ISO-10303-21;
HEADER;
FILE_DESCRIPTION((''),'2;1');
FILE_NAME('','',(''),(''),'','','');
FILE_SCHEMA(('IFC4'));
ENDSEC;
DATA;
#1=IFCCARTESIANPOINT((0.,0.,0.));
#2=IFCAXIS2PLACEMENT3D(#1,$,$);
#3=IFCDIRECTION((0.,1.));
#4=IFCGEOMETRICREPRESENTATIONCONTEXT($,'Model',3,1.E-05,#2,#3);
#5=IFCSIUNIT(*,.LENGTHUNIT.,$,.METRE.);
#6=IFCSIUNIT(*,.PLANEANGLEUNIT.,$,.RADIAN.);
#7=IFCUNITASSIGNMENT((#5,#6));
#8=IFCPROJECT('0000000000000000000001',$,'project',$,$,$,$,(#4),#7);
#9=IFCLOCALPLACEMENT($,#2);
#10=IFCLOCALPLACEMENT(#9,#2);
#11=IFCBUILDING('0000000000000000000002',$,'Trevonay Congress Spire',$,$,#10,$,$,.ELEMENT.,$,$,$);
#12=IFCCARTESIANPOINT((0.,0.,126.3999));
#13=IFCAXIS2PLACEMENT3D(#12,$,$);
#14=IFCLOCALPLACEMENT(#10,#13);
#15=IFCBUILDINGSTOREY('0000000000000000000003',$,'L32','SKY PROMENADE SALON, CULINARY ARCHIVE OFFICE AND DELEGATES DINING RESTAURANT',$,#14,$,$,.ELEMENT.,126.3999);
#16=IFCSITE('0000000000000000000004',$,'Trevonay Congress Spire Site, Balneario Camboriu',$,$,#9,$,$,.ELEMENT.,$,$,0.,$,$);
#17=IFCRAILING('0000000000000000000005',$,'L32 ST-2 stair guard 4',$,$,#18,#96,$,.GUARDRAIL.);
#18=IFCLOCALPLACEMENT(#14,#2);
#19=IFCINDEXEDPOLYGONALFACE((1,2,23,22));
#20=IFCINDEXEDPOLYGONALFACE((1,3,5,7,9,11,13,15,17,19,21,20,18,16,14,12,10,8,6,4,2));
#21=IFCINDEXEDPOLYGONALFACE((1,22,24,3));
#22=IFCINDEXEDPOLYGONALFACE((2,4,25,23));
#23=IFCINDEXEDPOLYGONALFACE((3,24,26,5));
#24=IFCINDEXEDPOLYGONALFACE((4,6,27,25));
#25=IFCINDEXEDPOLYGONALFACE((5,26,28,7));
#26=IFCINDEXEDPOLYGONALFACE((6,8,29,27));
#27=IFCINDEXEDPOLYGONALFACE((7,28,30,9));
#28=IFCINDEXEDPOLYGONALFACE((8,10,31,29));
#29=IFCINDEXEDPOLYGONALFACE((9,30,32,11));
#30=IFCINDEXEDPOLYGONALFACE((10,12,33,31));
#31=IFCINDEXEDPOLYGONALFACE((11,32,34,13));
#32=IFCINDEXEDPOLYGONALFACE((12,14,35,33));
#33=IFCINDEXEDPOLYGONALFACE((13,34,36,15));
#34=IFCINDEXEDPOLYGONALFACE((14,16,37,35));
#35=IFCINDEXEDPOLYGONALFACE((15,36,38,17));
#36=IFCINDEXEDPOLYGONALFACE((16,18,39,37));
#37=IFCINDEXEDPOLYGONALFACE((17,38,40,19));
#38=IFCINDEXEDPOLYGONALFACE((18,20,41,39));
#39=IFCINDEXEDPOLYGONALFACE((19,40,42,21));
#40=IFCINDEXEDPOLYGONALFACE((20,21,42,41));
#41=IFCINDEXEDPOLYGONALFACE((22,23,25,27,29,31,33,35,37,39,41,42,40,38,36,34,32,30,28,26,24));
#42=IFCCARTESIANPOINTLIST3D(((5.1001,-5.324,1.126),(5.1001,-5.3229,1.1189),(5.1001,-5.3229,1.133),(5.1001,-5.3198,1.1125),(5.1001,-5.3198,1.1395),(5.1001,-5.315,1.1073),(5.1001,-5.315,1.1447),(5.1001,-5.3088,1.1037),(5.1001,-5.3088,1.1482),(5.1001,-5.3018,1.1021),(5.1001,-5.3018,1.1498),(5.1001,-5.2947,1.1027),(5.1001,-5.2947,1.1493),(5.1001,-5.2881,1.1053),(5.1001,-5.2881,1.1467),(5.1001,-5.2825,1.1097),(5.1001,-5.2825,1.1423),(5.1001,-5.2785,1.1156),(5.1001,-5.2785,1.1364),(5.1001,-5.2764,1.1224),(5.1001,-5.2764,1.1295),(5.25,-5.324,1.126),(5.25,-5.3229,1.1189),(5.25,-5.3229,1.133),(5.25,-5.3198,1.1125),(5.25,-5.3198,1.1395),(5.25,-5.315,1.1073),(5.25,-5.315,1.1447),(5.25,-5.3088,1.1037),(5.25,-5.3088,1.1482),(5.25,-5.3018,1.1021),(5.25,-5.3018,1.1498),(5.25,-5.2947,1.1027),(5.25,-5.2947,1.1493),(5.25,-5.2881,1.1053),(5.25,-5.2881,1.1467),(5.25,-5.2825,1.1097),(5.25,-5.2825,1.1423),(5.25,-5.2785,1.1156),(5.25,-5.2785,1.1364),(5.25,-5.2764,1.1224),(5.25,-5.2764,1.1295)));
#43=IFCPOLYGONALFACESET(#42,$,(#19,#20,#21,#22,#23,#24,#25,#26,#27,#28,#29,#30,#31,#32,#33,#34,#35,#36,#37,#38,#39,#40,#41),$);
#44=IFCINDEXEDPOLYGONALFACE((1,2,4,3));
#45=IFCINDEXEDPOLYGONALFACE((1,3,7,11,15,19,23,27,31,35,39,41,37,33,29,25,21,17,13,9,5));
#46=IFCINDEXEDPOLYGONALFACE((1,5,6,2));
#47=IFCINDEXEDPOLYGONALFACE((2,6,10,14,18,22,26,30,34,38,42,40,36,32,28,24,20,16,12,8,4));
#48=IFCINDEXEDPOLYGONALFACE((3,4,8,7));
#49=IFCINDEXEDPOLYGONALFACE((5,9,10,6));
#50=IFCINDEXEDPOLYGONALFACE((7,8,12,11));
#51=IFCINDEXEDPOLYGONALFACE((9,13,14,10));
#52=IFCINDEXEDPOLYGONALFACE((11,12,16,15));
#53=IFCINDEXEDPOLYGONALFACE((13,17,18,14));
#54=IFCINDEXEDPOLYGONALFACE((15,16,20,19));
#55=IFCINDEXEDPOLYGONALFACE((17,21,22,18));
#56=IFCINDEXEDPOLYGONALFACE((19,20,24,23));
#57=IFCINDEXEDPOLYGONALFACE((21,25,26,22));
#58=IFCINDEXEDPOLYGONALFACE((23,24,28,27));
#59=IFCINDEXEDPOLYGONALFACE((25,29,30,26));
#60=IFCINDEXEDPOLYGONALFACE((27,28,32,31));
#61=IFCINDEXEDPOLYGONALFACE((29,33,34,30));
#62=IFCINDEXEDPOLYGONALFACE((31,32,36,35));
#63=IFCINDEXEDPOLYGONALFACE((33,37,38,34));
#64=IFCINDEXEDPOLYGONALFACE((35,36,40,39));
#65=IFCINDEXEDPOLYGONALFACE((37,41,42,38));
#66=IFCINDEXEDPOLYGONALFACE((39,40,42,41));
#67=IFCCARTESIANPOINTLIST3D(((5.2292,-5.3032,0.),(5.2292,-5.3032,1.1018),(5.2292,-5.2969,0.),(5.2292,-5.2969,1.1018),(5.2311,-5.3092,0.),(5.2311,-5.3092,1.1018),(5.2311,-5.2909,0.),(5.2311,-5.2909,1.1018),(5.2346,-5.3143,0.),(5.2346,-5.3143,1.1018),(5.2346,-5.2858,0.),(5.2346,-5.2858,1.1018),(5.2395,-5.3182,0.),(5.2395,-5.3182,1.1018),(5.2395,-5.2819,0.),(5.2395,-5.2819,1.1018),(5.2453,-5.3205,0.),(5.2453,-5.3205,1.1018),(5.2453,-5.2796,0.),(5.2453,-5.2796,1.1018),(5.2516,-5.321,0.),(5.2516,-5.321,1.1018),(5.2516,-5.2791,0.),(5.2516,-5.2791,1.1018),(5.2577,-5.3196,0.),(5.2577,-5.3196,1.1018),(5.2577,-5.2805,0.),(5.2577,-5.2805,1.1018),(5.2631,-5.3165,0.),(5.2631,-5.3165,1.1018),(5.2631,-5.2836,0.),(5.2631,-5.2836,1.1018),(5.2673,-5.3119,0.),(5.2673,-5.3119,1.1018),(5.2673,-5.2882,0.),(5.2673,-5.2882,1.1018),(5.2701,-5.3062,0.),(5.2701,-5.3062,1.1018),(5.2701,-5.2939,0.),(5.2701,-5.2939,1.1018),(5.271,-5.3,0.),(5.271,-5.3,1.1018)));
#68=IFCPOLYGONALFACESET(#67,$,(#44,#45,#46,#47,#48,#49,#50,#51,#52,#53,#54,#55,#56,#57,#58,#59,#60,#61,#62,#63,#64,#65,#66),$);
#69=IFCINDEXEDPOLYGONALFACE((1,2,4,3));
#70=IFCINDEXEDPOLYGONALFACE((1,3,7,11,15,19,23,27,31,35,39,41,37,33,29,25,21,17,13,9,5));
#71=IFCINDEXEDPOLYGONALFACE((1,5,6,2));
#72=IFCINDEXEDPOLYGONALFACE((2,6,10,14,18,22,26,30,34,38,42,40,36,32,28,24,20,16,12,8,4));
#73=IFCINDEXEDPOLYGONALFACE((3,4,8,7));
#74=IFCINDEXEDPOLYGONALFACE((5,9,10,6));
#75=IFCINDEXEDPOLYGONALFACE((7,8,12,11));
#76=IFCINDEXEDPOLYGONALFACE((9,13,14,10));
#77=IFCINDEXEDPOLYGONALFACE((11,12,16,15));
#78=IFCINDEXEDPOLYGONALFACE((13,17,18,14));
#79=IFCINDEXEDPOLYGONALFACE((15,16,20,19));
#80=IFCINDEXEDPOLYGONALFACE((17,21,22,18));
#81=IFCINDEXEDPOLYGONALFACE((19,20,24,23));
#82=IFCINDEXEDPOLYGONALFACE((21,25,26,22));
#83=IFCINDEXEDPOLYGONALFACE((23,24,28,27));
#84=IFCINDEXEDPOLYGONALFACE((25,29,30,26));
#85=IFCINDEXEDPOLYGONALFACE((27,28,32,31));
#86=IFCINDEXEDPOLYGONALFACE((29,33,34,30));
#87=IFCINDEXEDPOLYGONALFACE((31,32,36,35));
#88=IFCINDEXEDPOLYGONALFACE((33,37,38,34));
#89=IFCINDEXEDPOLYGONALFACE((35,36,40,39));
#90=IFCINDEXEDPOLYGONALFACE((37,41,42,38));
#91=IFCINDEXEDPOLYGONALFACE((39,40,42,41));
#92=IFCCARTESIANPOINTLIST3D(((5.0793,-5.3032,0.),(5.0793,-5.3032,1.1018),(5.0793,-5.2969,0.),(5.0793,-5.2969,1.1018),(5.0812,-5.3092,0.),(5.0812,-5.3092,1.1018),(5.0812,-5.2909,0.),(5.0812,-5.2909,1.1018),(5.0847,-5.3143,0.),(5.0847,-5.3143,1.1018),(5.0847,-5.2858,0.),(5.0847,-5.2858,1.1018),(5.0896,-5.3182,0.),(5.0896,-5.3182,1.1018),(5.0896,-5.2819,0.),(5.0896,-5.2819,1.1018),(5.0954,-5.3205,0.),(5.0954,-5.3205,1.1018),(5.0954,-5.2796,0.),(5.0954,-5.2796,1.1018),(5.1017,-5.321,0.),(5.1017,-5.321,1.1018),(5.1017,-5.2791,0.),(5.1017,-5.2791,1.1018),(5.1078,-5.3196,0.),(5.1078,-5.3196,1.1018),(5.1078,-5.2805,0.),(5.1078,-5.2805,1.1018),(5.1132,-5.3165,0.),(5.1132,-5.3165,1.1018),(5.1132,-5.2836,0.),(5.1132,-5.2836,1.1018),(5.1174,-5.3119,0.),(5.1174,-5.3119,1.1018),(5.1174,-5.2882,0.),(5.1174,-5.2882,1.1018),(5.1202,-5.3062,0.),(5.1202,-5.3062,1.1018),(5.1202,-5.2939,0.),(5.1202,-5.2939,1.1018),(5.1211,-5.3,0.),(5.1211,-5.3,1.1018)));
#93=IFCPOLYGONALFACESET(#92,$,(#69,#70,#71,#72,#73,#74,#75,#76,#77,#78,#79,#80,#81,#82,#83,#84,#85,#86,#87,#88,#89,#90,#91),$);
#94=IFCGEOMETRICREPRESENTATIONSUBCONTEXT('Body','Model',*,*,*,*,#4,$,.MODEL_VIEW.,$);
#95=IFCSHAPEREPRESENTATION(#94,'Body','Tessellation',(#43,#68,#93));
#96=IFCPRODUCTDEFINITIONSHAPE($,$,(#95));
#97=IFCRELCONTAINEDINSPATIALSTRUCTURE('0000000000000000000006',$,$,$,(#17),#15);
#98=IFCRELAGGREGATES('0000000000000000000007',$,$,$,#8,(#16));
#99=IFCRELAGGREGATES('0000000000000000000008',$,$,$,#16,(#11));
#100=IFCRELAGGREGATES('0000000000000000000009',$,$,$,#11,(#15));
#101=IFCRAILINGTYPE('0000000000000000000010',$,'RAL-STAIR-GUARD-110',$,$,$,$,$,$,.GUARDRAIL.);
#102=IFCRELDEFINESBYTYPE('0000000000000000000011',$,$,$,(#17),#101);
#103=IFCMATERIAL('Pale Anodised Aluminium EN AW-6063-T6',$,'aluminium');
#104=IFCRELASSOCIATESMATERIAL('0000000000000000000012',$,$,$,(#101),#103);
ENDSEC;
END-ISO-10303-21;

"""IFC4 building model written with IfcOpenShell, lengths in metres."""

from ifc_helpers import new_model, si_unit, direction, frame, origin, origin_2d, place, context, subcontext, project, spatial, circle, extrude, material, type_object, element, save


model = new_model("IFC4")

# Units and contexts
model_context = context("Model", 3, precision=1e-05, world=origin(), true_north=direction((0.0, 1.0)))
body_context = subcontext(model_context, "Body", "Model", "MODEL_VIEW")
ifc_project = project(units=[si_unit("LENGTHUNIT", "METRE"), si_unit("PLANEANGLEUNIT", "RADIAN")], contexts=[model_context])

# Site, building, storey
site_placement = place(None, origin())
site = spatial("IfcSite", under=ifc_project, at=site_placement, Name="Trevonay Congress Spire Site, Balneario Camboriu", CompositionType="ELEMENT", RefElevation=0.0)
building_placement = place(site_placement, origin())
building = spatial("IfcBuilding", under=site, at=building_placement, Name="Trevonay Congress Spire", CompositionType="ELEMENT")
storey_placement = place(building_placement, frame((0.0, 0.0, 126.3999)))
storey = spatial("IfcBuildingStorey", under=building, at=storey_placement, Name="L32", Description="SKY PROMENADE SALON, CULINARY ARCHIVE OFFICE AND DELEGATES DINING RESTAURANT", CompositionType="ELEMENT", Elevation=126.3999)

# Shared definitions
ifc_material_1 = material(Name="Pale Anodised Aluminium EN AW-6063-T6", Category="aluminium")

# Railing
railing_type_1 = type_object("IfcRailingType", Name="RAL-STAIR-GUARD-110", PredefinedType="GUARDRAIL", material=ifc_material_1)
railing_1_placement = place(storey_placement, frame((5.25, -5.3, 0.0)))
element("IfcRailing", 1, at=railing_1_placement, inside=storey, type_object=railing_type_1, Name="L32 ST-2 stair guard 4", PredefinedType="GUARDRAIL", context=body_context, shape_type="SweptSolid", body=[
    extrude(circle(Radius=0.0239, at=origin_2d()), frame((0.0, 0.0, 1.126), z_axis=(-1.0, 0.0, 0.0), x_axis=(0.0, -1.0, 0.0)), (0.0, 0.0, 1.0), 0.1499),
    extrude(circle(Radius=0.021, at=origin_2d()), origin(), (0.0, 0.0, 1.0), 1.1018),
    extrude(circle(Radius=0.021, at=origin_2d()), frame((-0.1499, 0.0, 0.0)), (0.0, 0.0, 1.0), 1.1018),
])

save(model, "model.ifc")
